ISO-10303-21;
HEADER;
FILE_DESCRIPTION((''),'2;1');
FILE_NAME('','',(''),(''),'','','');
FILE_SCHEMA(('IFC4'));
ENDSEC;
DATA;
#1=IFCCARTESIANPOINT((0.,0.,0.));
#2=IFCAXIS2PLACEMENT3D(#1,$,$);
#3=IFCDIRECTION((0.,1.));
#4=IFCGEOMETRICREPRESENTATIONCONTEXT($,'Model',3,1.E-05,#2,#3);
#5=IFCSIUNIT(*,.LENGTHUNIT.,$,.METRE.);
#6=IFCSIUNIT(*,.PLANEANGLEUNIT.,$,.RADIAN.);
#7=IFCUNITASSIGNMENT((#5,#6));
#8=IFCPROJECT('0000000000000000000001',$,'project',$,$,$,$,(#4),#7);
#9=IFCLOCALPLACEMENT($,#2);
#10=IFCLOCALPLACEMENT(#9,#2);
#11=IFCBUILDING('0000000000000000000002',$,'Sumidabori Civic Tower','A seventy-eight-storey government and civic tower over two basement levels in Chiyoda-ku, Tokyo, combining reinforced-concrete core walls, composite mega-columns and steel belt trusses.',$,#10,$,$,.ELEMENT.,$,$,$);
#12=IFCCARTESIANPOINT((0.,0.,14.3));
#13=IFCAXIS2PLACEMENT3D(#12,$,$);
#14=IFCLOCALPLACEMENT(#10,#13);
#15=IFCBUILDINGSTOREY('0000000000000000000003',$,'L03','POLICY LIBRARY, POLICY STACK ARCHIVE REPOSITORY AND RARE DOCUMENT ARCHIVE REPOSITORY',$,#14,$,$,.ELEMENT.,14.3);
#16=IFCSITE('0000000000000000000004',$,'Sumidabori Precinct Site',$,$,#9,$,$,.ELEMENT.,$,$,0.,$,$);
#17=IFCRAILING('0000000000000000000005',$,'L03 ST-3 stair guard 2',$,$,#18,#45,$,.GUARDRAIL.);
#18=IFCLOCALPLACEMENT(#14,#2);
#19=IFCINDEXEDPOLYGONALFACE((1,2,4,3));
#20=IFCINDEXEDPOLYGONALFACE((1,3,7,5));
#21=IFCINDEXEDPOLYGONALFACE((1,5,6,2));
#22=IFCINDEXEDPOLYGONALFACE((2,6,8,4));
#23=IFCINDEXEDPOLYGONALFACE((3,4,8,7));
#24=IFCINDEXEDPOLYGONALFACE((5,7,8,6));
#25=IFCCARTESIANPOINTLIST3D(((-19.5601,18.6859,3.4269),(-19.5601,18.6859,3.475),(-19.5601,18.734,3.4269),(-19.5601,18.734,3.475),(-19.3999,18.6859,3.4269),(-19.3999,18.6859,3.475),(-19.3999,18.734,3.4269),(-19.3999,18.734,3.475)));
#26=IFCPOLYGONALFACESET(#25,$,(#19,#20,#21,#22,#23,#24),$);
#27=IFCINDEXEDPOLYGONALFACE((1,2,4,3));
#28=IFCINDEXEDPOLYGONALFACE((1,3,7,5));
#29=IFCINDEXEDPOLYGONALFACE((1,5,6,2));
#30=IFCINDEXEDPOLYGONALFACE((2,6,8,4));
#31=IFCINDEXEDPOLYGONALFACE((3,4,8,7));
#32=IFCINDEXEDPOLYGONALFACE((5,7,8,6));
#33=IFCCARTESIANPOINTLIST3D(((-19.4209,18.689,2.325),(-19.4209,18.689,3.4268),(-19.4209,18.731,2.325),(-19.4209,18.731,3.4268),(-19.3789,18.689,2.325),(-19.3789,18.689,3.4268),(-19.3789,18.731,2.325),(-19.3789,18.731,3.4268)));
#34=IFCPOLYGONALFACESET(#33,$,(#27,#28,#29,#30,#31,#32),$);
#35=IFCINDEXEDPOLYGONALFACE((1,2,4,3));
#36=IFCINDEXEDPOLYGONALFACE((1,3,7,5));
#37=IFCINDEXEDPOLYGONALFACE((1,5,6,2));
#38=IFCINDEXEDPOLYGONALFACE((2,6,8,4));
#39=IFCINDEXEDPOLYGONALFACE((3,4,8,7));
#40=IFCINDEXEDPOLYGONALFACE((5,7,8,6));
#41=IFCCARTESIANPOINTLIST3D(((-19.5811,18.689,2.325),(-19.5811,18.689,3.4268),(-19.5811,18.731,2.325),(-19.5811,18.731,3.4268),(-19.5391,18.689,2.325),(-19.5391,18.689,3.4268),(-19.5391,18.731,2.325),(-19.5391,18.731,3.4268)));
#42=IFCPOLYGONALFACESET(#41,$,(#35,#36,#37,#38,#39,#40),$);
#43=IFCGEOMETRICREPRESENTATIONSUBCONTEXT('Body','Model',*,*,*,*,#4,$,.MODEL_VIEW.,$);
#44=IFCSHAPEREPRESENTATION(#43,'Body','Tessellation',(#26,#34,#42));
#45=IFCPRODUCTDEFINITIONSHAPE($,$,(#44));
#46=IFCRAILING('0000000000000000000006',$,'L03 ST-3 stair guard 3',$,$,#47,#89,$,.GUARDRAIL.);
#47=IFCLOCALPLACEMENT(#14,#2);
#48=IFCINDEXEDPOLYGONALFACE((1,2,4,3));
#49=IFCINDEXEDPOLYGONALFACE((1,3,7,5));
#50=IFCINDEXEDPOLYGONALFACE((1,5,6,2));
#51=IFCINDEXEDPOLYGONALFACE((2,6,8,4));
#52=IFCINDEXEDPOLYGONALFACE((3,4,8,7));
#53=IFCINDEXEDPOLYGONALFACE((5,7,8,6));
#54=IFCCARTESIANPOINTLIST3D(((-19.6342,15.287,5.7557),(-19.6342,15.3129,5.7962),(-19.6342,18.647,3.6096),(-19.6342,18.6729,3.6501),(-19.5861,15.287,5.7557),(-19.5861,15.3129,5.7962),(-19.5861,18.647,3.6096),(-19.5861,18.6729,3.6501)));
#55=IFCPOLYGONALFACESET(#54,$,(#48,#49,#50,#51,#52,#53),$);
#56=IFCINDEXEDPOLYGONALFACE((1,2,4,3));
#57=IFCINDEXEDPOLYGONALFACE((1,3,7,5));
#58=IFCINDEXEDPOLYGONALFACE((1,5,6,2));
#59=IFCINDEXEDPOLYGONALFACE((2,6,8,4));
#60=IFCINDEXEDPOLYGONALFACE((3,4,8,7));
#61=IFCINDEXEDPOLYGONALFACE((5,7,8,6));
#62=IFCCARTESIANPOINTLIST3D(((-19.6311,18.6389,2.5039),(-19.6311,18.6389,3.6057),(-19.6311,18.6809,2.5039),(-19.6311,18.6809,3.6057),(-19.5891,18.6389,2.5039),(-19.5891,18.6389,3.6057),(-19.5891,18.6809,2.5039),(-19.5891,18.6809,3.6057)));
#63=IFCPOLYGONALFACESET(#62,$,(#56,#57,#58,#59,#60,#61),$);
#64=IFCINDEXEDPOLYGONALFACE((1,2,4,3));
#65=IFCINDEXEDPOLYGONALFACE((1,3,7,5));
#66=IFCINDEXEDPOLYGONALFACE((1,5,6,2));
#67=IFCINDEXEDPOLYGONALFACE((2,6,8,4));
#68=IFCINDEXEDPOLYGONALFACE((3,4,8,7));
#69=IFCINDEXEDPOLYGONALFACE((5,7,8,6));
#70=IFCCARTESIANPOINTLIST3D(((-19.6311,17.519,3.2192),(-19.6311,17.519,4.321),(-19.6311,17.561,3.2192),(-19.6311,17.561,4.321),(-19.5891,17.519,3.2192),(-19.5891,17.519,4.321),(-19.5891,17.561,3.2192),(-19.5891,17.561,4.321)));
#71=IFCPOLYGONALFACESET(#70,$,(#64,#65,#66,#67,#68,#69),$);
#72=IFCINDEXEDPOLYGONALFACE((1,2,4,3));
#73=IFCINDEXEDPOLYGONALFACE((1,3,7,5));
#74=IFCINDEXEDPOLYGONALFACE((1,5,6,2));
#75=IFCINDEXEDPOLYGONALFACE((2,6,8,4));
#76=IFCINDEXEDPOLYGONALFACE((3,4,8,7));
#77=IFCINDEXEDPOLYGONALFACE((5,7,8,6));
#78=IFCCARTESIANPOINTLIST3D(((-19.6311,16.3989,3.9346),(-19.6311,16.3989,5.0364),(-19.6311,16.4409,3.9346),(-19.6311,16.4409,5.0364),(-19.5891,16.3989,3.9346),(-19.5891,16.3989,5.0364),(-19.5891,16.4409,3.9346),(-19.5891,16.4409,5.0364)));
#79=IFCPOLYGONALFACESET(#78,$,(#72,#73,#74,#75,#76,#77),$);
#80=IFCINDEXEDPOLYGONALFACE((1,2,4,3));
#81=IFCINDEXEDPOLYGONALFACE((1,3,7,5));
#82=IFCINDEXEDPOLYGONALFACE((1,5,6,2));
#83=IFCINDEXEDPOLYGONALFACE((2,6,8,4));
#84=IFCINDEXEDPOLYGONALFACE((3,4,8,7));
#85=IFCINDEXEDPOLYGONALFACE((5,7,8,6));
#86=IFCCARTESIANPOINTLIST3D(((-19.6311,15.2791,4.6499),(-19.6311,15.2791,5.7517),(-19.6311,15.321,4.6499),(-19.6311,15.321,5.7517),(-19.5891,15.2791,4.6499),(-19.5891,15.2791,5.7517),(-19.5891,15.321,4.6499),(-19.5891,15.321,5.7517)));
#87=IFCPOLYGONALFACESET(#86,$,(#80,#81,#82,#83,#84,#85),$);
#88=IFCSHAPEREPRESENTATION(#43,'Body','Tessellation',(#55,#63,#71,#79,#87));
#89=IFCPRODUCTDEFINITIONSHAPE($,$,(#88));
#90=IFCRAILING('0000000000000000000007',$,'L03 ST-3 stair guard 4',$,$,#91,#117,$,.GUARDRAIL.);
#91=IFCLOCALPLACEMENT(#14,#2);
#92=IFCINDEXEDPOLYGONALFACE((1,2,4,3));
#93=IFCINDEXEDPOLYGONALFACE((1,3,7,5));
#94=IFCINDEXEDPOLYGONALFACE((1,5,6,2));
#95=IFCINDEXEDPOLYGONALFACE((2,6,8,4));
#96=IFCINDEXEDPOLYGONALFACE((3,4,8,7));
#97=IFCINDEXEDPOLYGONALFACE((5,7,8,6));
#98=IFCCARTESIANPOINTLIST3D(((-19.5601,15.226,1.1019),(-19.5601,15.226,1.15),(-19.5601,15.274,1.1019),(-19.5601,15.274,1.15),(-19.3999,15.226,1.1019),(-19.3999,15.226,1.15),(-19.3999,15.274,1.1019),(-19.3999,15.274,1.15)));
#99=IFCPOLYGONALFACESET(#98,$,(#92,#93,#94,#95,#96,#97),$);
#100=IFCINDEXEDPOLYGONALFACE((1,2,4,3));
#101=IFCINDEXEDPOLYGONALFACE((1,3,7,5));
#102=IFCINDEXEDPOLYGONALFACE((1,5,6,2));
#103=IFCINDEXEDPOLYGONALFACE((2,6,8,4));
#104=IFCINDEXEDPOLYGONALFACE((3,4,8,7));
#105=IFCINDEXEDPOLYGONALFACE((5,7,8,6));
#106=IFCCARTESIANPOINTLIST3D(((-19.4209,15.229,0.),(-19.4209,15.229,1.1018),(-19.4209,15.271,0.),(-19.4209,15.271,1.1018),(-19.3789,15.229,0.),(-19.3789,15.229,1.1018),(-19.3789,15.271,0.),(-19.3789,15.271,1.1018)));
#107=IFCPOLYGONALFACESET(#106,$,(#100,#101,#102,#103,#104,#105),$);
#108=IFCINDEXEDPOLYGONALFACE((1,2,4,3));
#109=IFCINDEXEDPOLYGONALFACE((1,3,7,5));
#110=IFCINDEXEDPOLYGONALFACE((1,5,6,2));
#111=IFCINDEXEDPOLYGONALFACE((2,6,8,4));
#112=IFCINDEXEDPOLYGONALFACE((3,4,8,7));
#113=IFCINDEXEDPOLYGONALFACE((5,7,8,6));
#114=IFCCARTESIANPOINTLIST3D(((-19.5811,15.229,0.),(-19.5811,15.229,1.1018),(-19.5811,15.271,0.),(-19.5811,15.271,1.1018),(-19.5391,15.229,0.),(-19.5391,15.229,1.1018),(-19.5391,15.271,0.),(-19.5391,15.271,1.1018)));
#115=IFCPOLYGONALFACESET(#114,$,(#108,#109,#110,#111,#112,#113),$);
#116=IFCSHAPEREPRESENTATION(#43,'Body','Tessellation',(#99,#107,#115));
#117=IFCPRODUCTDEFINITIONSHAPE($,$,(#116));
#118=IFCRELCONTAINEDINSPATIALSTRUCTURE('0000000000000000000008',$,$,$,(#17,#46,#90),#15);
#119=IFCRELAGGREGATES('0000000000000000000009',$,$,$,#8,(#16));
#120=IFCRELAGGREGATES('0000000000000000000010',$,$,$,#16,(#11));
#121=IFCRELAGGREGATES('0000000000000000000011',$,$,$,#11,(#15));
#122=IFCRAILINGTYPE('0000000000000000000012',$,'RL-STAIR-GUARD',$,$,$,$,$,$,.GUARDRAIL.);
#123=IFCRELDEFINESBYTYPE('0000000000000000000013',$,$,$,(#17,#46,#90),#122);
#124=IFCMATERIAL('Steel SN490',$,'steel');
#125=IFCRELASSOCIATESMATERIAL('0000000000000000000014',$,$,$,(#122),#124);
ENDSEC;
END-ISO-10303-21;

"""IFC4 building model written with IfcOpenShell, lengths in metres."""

from ifc_helpers import new_model, si_unit, direction, frame, origin, origin_2d, place, context, subcontext, project, spatial, rectangle, extrude, material, type_object, element, save


model = new_model("IFC4")

# Units and contexts
model_context = context("Model", 3, precision=1e-05, world=origin(), true_north=direction((0.0, 1.0)))
body_context = subcontext(model_context, "Body", "Model", "MODEL_VIEW")
ifc_project = project(units=[si_unit("LENGTHUNIT", "METRE"), si_unit("PLANEANGLEUNIT", "RADIAN")], contexts=[model_context])

# Site, building, storey
site_placement = place(None, origin())
site = spatial("IfcSite", under=ifc_project, at=site_placement, Name="Sumidabori Precinct Site", CompositionType="ELEMENT", RefElevation=0.0)
building_placement = place(site_placement, origin())
building = spatial("IfcBuilding", under=site, at=building_placement, Name="Sumidabori Civic Tower", Description="A seventy-eight-storey government and civic tower over two basement levels in Chiyoda-ku, Tokyo, combining reinforced-concrete core walls, composite mega-columns and steel belt trusses.", CompositionType="ELEMENT")
storey_placement = place(building_placement, frame((0.0, 0.0, 14.3)))
storey = spatial("IfcBuildingStorey", under=building, at=storey_placement, Name="L03", Description="POLICY LIBRARY, POLICY STACK ARCHIVE REPOSITORY AND RARE DOCUMENT ARCHIVE REPOSITORY", CompositionType="ELEMENT", Elevation=14.3)

# Shared definitions
ifc_material_1 = material(Name="Steel SN490", Category="steel")

# Railings
railing_type_1 = type_object("IfcRailingType", Name="RL-STAIR-GUARD", PredefinedType="GUARDRAIL", material=ifc_material_1)
railing_1_placement = place(storey_placement, frame((-19.3999, 18.71, 2.325)))
element("IfcRailing", 1, at=railing_1_placement, inside=storey, type_object=railing_type_1, Name="L03 ST-3 stair guard 2", PredefinedType="GUARDRAIL", context=body_context, shape_type="SweptSolid", body=[
    extrude(rectangle(XDim=0.0481, YDim=0.0481, at=origin_2d()), frame((0.0, 0.0, 1.126), z_axis=(-1.0, 0.0, 0.0), x_axis=(0.0, -1.0, 0.0)), (0.0, 0.0, 1.0), 0.1602),
    extrude(rectangle(XDim=0.042, YDim=0.042, at=origin_2d()), origin(), (0.0, 0.0, 1.0), 1.1018),
    extrude(rectangle(XDim=0.042, YDim=0.042, at=origin_2d()), frame((-0.1602, 0.0, 0.0)), (0.0, 0.0, 1.0), 1.1018),
])
railing_2_placement = place(storey_placement, frame((-19.6101, 18.6599, 2.5039)))
element("IfcRailing", 2, at=railing_2_placement, inside=storey, type_object=railing_type_1, Name="L03 ST-3 stair guard 3", PredefinedType="GUARDRAIL", context=body_context, shape_type="SweptSolid", body=[
    extrude(rectangle(XDim=0.0481, YDim=0.0481, at=origin_2d()), frame((0.0, 0.0, 1.126), z_axis=(0.0, -0.842763, 0.538285), x_axis=(1.0, 0.0, 0.0)), (0.0, 0.0, 1.0), 3.9868),
    extrude(rectangle(XDim=0.042, YDim=0.042, at=origin_2d()), origin(), (0.0, 0.0, 1.0), 1.1018),
    extrude(rectangle(XDim=0.042, YDim=0.042, at=origin_2d()), frame((0.0, -1.1199, 0.7153)), (0.0, 0.0, 1.0), 1.1018),
    extrude(rectangle(XDim=0.042, YDim=0.042, at=origin_2d()), frame((0.0, -2.24, 1.4307)), (0.0, 0.0, 1.0), 1.1018),
    extrude(rectangle(XDim=0.042, YDim=0.042, at=origin_2d()), frame((0.0, -3.3599, 2.146)), (0.0, 0.0, 1.0), 1.1018),
])
railing_3_placement = place(storey_placement, frame((-19.3999, 15.25, 0.0)))
element("IfcRailing", 3, at=railing_3_placement, inside=storey, type_object=railing_type_1, Name="L03 ST-3 stair guard 4", PredefinedType="GUARDRAIL", context=body_context, shape_type="SweptSolid", body=[
    extrude(rectangle(XDim=0.0481, YDim=0.0481, at=origin_2d()), frame((0.0, 0.0, 1.126), z_axis=(-1.0, 0.0, 0.0), x_axis=(0.0, -1.0, 0.0)), (0.0, 0.0, 1.0), 0.1602),
    extrude(rectangle(XDim=0.042, YDim=0.042, at=origin_2d()), origin(), (0.0, 0.0, 1.0), 1.1018),
    extrude(rectangle(XDim=0.042, YDim=0.042, at=origin_2d()), frame((-0.1602, 0.0, 0.0)), (0.0, 0.0, 1.0), 1.1018),
])

save(model, "model.ifc")
